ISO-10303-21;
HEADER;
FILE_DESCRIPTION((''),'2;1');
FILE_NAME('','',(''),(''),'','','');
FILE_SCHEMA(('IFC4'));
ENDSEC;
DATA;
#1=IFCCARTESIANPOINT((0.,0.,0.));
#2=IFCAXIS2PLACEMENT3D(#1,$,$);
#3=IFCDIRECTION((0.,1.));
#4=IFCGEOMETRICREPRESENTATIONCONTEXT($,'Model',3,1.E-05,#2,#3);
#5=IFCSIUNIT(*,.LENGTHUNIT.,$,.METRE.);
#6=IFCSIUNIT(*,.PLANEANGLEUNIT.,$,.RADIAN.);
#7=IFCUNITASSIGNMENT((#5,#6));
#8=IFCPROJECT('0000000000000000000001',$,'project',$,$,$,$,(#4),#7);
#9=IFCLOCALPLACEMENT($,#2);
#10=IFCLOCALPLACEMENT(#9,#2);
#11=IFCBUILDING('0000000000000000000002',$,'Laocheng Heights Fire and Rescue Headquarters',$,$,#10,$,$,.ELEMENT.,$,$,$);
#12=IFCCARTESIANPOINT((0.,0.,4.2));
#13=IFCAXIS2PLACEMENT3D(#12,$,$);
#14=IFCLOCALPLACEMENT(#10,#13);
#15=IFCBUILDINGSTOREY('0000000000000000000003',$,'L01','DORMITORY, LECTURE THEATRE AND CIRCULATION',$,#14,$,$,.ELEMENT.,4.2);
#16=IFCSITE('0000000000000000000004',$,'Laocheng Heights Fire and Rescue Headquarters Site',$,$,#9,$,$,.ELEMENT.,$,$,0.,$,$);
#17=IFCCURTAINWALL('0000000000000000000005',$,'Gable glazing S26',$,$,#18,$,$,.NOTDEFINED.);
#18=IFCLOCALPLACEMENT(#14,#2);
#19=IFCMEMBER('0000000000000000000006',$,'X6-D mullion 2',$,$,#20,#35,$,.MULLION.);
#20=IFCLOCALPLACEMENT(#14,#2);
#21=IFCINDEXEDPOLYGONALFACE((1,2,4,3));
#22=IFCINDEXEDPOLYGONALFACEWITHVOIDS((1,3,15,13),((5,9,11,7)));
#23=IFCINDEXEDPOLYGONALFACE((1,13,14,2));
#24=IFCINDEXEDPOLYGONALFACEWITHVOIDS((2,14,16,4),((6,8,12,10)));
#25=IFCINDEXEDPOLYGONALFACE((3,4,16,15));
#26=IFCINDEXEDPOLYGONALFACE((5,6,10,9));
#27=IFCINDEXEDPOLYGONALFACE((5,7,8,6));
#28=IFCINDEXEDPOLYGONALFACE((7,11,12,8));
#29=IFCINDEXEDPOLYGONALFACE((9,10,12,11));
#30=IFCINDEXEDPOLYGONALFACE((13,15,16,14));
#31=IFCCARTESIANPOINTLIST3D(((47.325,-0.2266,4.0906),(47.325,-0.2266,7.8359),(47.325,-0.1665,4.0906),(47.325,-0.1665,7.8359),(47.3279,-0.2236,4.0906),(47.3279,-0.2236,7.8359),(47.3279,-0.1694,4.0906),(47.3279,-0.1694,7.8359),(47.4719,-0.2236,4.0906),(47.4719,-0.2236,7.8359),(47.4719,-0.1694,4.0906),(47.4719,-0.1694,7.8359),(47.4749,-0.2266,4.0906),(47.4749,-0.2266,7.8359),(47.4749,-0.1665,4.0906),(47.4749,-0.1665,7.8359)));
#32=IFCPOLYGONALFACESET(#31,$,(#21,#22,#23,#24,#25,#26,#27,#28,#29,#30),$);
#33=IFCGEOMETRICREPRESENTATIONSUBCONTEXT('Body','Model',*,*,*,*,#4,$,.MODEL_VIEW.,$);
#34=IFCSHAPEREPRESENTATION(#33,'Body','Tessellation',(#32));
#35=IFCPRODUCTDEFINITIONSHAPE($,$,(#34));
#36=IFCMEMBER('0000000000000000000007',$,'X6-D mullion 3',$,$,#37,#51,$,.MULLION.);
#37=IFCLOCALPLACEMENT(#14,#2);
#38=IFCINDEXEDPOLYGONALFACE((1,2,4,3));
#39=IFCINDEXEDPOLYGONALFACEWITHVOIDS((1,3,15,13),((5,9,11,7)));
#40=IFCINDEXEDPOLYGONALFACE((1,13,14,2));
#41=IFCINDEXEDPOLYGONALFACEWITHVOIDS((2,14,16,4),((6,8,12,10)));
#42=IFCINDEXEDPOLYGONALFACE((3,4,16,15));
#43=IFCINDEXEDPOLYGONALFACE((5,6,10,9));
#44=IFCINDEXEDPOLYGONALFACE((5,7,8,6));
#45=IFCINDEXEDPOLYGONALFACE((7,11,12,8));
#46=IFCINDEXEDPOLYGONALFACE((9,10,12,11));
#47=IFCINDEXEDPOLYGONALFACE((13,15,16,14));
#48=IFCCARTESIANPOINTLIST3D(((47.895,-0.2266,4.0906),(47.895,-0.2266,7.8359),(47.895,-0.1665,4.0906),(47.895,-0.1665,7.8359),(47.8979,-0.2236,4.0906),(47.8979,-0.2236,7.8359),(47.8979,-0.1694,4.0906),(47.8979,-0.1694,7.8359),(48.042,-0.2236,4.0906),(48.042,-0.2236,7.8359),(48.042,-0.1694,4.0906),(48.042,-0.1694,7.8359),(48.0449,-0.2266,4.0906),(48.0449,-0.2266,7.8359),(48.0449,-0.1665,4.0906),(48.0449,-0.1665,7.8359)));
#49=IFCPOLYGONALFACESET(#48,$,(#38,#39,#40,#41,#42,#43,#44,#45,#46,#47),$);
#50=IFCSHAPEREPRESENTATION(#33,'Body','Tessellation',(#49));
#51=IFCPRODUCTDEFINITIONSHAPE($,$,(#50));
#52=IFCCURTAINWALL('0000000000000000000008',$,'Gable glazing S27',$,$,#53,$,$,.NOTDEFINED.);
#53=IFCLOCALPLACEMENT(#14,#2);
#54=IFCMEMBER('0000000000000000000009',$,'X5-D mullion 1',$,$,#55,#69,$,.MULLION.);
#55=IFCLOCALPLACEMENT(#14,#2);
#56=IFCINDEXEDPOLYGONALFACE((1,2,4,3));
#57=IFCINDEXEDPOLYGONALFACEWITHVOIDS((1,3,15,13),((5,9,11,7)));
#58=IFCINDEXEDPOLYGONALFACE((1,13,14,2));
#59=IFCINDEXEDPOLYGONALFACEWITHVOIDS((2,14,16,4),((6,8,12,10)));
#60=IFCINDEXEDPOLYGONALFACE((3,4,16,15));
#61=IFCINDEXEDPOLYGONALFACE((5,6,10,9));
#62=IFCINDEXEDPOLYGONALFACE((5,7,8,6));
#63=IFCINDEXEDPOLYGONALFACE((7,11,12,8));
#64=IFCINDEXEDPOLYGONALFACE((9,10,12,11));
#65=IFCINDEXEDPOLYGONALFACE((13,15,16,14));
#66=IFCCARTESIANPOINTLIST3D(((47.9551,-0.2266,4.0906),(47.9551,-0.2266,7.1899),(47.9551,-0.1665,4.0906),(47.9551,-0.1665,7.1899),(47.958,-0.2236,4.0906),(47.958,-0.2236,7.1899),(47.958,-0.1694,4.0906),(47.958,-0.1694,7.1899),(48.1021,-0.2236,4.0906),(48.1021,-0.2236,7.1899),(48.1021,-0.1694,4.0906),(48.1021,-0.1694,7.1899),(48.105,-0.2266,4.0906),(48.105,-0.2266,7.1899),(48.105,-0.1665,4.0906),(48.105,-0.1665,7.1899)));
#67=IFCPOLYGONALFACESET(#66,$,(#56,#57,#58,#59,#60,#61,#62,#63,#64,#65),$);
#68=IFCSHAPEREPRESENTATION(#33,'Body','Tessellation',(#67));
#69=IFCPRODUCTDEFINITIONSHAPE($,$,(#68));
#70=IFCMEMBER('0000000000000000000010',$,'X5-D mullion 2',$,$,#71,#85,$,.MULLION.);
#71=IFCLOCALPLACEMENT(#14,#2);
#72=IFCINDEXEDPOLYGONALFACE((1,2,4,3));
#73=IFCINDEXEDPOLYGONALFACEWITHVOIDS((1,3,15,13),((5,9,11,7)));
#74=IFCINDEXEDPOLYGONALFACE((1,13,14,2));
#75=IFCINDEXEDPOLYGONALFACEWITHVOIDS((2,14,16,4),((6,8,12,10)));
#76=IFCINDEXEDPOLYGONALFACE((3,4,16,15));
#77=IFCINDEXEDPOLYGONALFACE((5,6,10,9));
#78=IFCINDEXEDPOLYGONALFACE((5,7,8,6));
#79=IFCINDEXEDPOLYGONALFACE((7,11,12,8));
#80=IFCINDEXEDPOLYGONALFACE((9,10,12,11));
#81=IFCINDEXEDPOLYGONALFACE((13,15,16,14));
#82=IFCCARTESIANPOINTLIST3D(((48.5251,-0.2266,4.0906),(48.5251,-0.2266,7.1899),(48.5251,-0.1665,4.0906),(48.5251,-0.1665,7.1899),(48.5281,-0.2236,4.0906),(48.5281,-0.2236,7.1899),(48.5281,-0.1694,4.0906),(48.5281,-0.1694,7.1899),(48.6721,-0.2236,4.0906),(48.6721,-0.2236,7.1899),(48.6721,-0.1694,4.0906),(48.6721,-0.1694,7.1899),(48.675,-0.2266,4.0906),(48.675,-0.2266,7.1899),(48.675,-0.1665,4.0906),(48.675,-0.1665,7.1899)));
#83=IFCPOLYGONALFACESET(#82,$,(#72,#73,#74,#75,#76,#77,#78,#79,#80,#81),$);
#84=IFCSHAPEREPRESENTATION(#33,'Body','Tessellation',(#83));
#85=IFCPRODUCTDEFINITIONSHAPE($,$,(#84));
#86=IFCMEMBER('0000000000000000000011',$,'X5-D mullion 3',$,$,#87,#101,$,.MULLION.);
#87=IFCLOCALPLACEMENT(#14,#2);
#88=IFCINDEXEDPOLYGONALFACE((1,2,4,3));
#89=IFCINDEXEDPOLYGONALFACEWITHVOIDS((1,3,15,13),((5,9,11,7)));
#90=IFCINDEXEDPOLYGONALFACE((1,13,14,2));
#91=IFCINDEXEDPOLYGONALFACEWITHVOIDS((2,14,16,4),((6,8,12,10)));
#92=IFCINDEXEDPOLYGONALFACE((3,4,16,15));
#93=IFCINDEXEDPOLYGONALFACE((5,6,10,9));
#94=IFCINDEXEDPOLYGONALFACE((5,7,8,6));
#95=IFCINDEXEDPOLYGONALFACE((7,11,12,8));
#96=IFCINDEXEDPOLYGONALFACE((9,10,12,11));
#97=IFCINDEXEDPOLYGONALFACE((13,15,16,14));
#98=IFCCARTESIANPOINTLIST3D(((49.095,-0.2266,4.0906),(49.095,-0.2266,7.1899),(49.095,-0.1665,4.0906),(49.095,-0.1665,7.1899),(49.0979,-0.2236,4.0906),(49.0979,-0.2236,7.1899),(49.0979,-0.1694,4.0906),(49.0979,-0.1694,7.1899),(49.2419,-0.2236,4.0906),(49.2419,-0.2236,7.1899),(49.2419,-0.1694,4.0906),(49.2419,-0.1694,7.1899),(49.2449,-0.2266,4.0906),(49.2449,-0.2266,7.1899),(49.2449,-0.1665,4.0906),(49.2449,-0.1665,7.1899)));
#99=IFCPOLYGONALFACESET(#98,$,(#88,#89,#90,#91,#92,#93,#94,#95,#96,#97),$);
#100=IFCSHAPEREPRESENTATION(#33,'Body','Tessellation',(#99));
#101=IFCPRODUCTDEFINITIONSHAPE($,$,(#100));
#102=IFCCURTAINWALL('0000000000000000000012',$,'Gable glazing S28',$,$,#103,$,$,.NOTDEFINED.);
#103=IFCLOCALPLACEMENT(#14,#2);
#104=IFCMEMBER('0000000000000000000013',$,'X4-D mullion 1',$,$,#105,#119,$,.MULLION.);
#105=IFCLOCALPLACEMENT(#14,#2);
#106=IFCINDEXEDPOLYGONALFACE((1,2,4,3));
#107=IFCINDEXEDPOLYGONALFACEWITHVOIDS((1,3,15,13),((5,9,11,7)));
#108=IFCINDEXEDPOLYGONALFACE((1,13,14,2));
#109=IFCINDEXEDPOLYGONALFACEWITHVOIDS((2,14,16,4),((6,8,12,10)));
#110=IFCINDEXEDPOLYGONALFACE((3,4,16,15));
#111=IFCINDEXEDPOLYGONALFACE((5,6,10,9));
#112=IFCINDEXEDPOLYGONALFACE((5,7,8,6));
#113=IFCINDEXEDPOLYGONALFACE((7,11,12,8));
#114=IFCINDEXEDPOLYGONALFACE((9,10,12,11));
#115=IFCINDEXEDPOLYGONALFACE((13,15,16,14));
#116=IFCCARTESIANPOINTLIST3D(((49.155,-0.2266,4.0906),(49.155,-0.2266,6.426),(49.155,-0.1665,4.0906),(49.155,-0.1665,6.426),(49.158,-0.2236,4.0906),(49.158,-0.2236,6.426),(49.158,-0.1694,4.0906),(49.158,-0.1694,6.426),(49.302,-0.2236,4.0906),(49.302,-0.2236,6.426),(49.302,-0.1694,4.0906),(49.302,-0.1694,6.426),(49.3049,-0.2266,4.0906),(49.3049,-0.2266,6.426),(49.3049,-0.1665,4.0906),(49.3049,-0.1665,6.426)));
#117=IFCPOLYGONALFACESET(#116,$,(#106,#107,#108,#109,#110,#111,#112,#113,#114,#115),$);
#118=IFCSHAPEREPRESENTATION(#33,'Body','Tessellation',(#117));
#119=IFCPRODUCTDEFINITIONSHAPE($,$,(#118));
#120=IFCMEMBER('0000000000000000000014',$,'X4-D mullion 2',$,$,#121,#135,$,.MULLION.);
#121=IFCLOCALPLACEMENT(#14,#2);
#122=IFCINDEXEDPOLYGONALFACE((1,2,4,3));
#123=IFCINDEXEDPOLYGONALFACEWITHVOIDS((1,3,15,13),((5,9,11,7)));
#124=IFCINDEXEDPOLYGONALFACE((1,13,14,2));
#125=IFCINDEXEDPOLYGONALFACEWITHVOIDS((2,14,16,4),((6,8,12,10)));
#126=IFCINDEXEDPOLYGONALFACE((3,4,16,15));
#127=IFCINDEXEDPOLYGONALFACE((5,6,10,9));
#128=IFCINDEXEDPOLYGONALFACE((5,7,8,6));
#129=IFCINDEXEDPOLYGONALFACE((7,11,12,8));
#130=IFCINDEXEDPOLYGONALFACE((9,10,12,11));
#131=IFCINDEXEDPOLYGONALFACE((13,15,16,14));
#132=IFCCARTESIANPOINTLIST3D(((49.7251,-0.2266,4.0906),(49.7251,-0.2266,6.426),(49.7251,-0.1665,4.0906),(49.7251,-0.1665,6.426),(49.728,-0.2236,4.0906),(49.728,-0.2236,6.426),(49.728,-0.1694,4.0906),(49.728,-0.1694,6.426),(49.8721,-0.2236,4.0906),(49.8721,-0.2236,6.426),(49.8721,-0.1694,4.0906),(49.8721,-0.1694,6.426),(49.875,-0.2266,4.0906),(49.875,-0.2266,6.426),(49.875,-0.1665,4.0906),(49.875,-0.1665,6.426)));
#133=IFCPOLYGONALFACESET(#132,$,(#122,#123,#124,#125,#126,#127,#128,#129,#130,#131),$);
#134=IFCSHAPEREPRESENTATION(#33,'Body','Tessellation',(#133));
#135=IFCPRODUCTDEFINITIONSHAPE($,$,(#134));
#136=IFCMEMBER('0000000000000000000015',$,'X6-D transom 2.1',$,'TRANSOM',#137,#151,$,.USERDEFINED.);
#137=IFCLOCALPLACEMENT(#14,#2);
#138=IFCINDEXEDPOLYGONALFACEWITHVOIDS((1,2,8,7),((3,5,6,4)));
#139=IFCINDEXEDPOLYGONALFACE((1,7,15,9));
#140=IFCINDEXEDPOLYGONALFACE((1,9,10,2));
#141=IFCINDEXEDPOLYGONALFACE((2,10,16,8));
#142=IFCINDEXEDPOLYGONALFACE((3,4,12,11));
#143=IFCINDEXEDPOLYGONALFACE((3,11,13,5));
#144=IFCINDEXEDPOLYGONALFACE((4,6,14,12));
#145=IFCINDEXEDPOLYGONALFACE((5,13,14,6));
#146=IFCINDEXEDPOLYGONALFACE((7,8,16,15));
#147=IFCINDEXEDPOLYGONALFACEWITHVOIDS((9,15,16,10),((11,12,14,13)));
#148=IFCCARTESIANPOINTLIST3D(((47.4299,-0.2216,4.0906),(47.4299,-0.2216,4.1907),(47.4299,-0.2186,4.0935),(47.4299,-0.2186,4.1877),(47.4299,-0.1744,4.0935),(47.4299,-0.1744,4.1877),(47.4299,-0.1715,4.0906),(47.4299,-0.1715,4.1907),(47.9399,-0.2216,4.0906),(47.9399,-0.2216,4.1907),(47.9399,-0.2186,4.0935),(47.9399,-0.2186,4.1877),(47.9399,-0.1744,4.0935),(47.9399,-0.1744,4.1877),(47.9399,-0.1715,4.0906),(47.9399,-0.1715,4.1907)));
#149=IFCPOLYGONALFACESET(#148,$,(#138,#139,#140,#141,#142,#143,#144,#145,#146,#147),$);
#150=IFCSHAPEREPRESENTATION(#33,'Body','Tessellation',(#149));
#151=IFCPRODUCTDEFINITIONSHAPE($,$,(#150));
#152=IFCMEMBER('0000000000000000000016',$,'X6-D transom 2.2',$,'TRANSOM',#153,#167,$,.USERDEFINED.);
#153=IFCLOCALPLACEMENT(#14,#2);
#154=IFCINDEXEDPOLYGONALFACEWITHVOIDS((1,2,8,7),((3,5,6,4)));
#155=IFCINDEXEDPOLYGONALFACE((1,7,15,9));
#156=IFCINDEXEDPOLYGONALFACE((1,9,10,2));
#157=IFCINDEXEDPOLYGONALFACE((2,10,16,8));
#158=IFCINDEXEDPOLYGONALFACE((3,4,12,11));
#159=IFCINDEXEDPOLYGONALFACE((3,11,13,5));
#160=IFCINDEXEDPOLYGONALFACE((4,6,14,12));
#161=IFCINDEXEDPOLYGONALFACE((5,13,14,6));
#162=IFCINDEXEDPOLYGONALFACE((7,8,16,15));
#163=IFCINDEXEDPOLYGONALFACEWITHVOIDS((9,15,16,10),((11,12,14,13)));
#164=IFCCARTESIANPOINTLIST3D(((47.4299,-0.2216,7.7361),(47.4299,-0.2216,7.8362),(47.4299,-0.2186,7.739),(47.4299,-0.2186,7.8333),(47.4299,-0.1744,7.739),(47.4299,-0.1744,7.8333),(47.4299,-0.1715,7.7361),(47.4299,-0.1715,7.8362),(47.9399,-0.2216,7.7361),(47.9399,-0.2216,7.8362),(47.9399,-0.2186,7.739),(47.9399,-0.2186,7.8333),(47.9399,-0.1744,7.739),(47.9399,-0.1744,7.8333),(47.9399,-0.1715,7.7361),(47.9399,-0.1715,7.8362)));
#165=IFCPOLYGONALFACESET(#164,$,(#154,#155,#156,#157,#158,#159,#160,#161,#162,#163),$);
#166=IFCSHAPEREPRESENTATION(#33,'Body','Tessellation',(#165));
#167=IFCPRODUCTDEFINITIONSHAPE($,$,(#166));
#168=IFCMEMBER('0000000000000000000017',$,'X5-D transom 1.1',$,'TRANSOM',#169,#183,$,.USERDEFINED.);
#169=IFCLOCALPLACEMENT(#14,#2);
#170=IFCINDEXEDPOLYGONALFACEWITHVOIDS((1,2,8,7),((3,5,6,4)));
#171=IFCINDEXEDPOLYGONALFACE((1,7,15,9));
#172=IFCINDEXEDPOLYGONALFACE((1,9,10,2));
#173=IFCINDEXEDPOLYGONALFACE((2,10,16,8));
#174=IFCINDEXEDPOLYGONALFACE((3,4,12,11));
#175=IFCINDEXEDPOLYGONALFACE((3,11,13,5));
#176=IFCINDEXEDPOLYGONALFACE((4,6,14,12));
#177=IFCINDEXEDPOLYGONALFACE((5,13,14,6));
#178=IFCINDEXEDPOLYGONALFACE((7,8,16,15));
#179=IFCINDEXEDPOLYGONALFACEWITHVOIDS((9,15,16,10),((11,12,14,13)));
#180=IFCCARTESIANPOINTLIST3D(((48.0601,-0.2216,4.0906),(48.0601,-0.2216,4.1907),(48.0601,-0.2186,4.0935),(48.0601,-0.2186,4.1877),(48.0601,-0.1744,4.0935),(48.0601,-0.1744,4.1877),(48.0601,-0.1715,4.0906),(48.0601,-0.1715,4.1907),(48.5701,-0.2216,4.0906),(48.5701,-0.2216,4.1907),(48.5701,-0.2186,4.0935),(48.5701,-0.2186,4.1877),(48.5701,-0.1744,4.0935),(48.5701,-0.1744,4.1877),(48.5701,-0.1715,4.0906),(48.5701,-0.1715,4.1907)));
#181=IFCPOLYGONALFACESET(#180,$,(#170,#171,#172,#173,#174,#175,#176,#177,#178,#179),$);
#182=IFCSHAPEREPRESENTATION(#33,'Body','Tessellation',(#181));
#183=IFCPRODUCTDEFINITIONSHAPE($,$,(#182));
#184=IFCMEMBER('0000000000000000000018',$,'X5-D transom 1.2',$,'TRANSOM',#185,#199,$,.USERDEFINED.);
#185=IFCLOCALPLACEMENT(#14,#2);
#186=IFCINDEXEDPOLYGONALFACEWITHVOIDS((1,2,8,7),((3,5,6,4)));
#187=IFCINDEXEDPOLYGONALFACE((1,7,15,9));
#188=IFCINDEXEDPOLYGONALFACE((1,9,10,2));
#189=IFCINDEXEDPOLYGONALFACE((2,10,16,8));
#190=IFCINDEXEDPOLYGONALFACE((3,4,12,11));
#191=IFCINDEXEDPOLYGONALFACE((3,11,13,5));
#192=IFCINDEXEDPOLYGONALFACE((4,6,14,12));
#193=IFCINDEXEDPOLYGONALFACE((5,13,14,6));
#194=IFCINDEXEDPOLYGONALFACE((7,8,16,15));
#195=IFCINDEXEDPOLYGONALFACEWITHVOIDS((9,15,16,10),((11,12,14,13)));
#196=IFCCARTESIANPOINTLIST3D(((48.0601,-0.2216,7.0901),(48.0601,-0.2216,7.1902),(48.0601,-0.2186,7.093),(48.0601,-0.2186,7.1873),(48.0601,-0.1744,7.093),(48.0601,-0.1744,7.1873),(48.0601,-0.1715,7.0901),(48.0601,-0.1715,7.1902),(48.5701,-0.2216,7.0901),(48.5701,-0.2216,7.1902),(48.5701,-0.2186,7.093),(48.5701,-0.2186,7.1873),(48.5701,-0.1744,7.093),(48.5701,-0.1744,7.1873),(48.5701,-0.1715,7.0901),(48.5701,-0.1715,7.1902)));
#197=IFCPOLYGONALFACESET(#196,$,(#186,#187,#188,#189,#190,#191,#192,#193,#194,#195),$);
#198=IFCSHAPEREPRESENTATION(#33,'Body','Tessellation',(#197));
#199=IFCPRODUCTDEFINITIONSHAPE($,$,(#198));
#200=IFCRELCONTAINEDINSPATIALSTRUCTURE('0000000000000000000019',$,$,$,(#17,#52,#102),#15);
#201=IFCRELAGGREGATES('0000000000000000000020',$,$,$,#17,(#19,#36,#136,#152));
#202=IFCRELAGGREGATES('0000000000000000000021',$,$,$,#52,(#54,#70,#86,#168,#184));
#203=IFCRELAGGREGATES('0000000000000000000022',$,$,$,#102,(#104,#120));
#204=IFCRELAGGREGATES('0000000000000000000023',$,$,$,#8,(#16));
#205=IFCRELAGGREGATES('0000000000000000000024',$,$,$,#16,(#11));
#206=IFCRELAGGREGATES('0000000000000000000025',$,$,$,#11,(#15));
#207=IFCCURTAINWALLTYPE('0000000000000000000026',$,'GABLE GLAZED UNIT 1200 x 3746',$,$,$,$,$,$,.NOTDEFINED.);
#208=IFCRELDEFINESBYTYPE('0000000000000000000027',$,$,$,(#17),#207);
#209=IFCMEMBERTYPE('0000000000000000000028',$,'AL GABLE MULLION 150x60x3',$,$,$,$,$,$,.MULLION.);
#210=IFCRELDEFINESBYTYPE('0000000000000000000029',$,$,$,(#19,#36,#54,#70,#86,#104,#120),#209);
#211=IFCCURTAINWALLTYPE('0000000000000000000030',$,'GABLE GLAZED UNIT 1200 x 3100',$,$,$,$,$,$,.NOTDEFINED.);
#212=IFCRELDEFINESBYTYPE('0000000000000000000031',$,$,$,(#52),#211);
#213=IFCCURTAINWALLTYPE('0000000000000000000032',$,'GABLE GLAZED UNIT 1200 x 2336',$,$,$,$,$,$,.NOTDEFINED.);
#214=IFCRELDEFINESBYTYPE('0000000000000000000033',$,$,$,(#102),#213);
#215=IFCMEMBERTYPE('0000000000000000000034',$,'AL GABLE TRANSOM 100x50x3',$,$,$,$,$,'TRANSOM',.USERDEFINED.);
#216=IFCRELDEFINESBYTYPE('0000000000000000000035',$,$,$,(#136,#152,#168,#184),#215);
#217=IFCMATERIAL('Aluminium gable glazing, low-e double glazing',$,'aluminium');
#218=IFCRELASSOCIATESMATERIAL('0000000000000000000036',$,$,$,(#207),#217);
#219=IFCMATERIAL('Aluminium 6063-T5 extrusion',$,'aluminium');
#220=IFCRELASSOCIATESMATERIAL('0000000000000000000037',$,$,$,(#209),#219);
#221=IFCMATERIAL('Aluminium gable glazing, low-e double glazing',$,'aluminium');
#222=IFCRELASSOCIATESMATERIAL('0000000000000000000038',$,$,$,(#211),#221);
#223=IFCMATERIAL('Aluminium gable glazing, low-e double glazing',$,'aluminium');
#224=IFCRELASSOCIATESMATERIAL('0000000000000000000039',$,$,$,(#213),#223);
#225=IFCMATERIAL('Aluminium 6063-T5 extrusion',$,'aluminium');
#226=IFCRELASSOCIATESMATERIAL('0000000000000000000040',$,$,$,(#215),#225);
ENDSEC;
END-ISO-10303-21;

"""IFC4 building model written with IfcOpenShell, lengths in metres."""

from ifc_helpers import new_model, si_unit, direction, frame, origin, origin_2d, place, context, subcontext, project, spatial, hollow_rectangle, extrude, material, material_profile, profile_set, type_object, element, aggregate, save


model = new_model("IFC4")

# Units and contexts
model_context = context("Model", 3, precision=1e-05, world=origin(), true_north=direction((0.0, 1.0)))
body_context = subcontext(model_context, "Body", "Model", "MODEL_VIEW")
ifc_project = project(units=[si_unit("LENGTHUNIT", "METRE"), si_unit("PLANEANGLEUNIT", "RADIAN")], contexts=[model_context])

# Site, building, storey
site_placement = place(None, origin())
site = spatial("IfcSite", under=ifc_project, at=site_placement, Name="Laocheng Heights Fire and Rescue Headquarters Site", CompositionType="ELEMENT", RefElevation=0.0)
building_placement = place(site_placement, origin())
building = spatial("IfcBuilding", under=site, at=building_placement, Name="Laocheng Heights Fire and Rescue Headquarters", CompositionType="ELEMENT")
storey_placement = place(building_placement, frame((0.0, 0.0, 4.2)))
storey = spatial("IfcBuildingStorey", under=building, at=storey_placement, Name="L01", Description="DORMITORY, LECTURE THEATRE AND CIRCULATION", CompositionType="ELEMENT", Elevation=4.2)

# Curtain walls, members
ifc_material_1 = material(Name="Aluminium gable glazing, low-e double glazing", Category="aluminium")
curtain_wall_type_1 = type_object("IfcCurtainWallType", Name="GABLE GLAZED UNIT 1200 x 3746", PredefinedType="NOTDEFINED", material=ifc_material_1)
curtain_wall_1_placement = place(storey_placement, origin())
curtain_wall_1 = element("IfcCurtainWall", 1, at=curtain_wall_1_placement, inside=storey, type_object=curtain_wall_type_1, Name="Gable glazing S26", PredefinedType="NOTDEFINED")
ifc_material_2 = material(Name="Aluminium 6063-T5 extrusion", Category="aluminium")
ifc_material_profile_1 = material_profile(ifc_material_2, hollow_rectangle(XDim=0.0601, YDim=0.1499, WallThickness=0.0029, at=origin_2d()), Name="AL MULLION 150x60x3")
ifc_profile_set_1 = profile_set([ifc_material_profile_1], Name="Aluminium 6063-T5 extrusion")
member_type_1 = type_object("IfcMemberType", Name="AL GABLE MULLION 150x60x3", PredefinedType="MULLION", material=ifc_profile_set_1)
member_1_placement = place(storey_placement, frame((47.3999, -0.1965, 4.0906), z_axis=(0.0, 0.0, 1.0), x_axis=(0.0, 1.0, 0.0)))
member_1 = element("IfcMember", 2, at=member_1_placement, type_object=member_type_1, Name="X6-D mullion 2", PredefinedType="MULLION", context=body_context, shape_type="SweptSolid", body=[
    extrude(hollow_rectangle(XDim=0.0601, YDim=0.1499, WallThickness=0.0029, at=origin_2d()), origin(), (0.0, 0.0, 1.0), 3.7454),
])
member_2_placement = place(storey_placement, frame((47.97, -0.1965, 4.0906), z_axis=(0.0, 0.0, 1.0), x_axis=(0.0, 1.0, 0.0)))
member_2 = element("IfcMember", 3, at=member_2_placement, type_object=member_type_1, Name="X6-D mullion 3", PredefinedType="MULLION", context=body_context, shape_type="SweptSolid", body=[
    extrude(hollow_rectangle(XDim=0.0601, YDim=0.1499, WallThickness=0.0029, at=origin_2d()), origin(), (0.0, 0.0, 1.0), 3.7454),
])
ifc_material_3 = material(Name="Aluminium gable glazing, low-e double glazing", Category="aluminium")
curtain_wall_type_2 = type_object("IfcCurtainWallType", Name="GABLE GLAZED UNIT 1200 x 3100", PredefinedType="NOTDEFINED", material=ifc_material_3)
curtain_wall_2_placement = place(storey_placement, origin())
curtain_wall_2 = element("IfcCurtainWall", 4, at=curtain_wall_2_placement, inside=storey, type_object=curtain_wall_type_2, Name="Gable glazing S27", PredefinedType="NOTDEFINED")
member_3_placement = place(storey_placement, frame((48.03, -0.1965, 4.0906), z_axis=(0.0, 0.0, 1.0), x_axis=(0.0, 1.0, 0.0)))
member_3 = element("IfcMember", 5, at=member_3_placement, type_object=member_type_1, Name="X5-D mullion 1", PredefinedType="MULLION", context=body_context, shape_type="SweptSolid", body=[
    extrude(hollow_rectangle(XDim=0.0601, YDim=0.1499, WallThickness=0.0029, at=origin_2d()), origin(), (0.0, 0.0, 1.0), 3.0994),
])
member_4_placement = place(storey_placement, frame((48.6001, -0.1965, 4.0906), z_axis=(0.0, 0.0, 1.0), x_axis=(0.0, 1.0, 0.0)))
member_4 = element("IfcMember", 6, at=member_4_placement, type_object=member_type_1, Name="X5-D mullion 2", PredefinedType="MULLION", context=body_context, shape_type="SweptSolid", body=[
    extrude(hollow_rectangle(XDim=0.0601, YDim=0.1499, WallThickness=0.0029, at=origin_2d()), origin(), (0.0, 0.0, 1.0), 3.0994),
])
member_5_placement = place(storey_placement, frame((49.1699, -0.1965, 4.0906), z_axis=(0.0, 0.0, 1.0), x_axis=(0.0, 1.0, 0.0)))
member_5 = element("IfcMember", 7, at=member_5_placement, type_object=member_type_1, Name="X5-D mullion 3", PredefinedType="MULLION", context=body_context, shape_type="SweptSolid", body=[
    extrude(hollow_rectangle(XDim=0.0601, YDim=0.1499, WallThickness=0.0029, at=origin_2d()), origin(), (0.0, 0.0, 1.0), 3.0994),
])
ifc_material_4 = material(Name="Aluminium gable glazing, low-e double glazing", Category="aluminium")
curtain_wall_type_3 = type_object("IfcCurtainWallType", Name="GABLE GLAZED UNIT 1200 x 2336", PredefinedType="NOTDEFINED", material=ifc_material_4)
curtain_wall_3_placement = place(storey_placement, origin())
curtain_wall_3 = element("IfcCurtainWall", 8, at=curtain_wall_3_placement, inside=storey, type_object=curtain_wall_type_3, Name="Gable glazing S28", PredefinedType="NOTDEFINED")
member_6_placement = place(storey_placement, frame((49.23, -0.1965, 4.0906), z_axis=(0.0, 0.0, 1.0), x_axis=(0.0, 1.0, 0.0)))
member_6 = element("IfcMember", 9, at=member_6_placement, type_object=member_type_1, Name="X4-D mullion 1", PredefinedType="MULLION", context=body_context, shape_type="SweptSolid", body=[
    extrude(hollow_rectangle(XDim=0.0601, YDim=0.1499, WallThickness=0.0029, at=origin_2d()), origin(), (0.0, 0.0, 1.0), 2.3354),
])
member_7_placement = place(storey_placement, frame((49.8, -0.1965, 4.0906), z_axis=(0.0, 0.0, 1.0), x_axis=(0.0, 1.0, 0.0)))
member_7 = element("IfcMember", 10, at=member_7_placement, type_object=member_type_1, Name="X4-D mullion 2", PredefinedType="MULLION", context=body_context, shape_type="SweptSolid", body=[
    extrude(hollow_rectangle(XDim=0.0601, YDim=0.1499, WallThickness=0.0029, at=origin_2d()), origin(), (0.0, 0.0, 1.0), 2.3354),
])

# Members
ifc_material_5 = material(Name="Aluminium 6063-T5 extrusion", Category="aluminium")
ifc_material_profile_2 = material_profile(ifc_material_5, hollow_rectangle(XDim=0.05, YDim=0.1001, WallThickness=0.0029, at=origin_2d()), Name="AL TRANSOM 100x50x3")
ifc_profile_set_2 = profile_set([ifc_material_profile_2], Name="Aluminium 6063-T5 extrusion")
member_type_2 = type_object("IfcMemberType", Name="AL GABLE TRANSOM 100x50x3", ElementType="TRANSOM", PredefinedType="USERDEFINED", material=ifc_profile_set_2)
member_8_placement = place(storey_placement, frame((47.4299, -0.1965, 4.1406), z_axis=(1.0, 0.0, 0.0), x_axis=(0.0, 1.0, 0.0)))
member_8 = element("IfcMember", 11, at=member_8_placement, type_object=member_type_2, Name="X6-D transom 2.1", ObjectType="TRANSOM", PredefinedType="USERDEFINED", context=body_context, shape_type="SweptSolid", body=[
    extrude(hollow_rectangle(XDim=0.05, YDim=0.1001, WallThickness=0.0029, at=origin_2d()), origin(), (0.0, 0.0, 1.0), 0.51),
])
member_9_placement = place(storey_placement, frame((47.4299, -0.1965, 7.7861), z_axis=(1.0, 0.0, 0.0), x_axis=(0.0, 1.0, 0.0)))
member_9 = element("IfcMember", 12, at=member_9_placement, type_object=member_type_2, Name="X6-D transom 2.2", ObjectType="TRANSOM", PredefinedType="USERDEFINED", context=body_context, shape_type="SweptSolid", body=[
    extrude(hollow_rectangle(XDim=0.05, YDim=0.1001, WallThickness=0.0029, at=origin_2d()), origin(), (0.0, 0.0, 1.0), 0.51),
])
member_10_placement = place(storey_placement, frame((48.0601, -0.1965, 4.1406), z_axis=(1.0, 0.0, 0.0), x_axis=(0.0, 1.0, 0.0)))
member_10 = element("IfcMember", 13, at=member_10_placement, type_object=member_type_2, Name="X5-D transom 1.1", ObjectType="TRANSOM", PredefinedType="USERDEFINED", context=body_context, shape_type="SweptSolid", body=[
    extrude(hollow_rectangle(XDim=0.05, YDim=0.1001, WallThickness=0.0029, at=origin_2d()), origin(), (0.0, 0.0, 1.0), 0.51),
])
member_11_placement = place(storey_placement, frame((48.0601, -0.1965, 7.1401), z_axis=(1.0, 0.0, 0.0), x_axis=(0.0, 1.0, 0.0)))
member_11 = element("IfcMember", 14, at=member_11_placement, type_object=member_type_2, Name="X5-D transom 1.2", ObjectType="TRANSOM", PredefinedType="USERDEFINED", context=body_context, shape_type="SweptSolid", body=[
    extrude(hollow_rectangle(XDim=0.05, YDim=0.1001, WallThickness=0.0029, at=origin_2d()), origin(), (0.0, 0.0, 1.0), 0.51),
])

aggregate(curtain_wall_1, [member_1, member_2, member_8, member_9])
aggregate(curtain_wall_2, [member_3, member_4, member_5, member_10, member_11])
aggregate(curtain_wall_3, [member_6, member_7])

save(model, "model.ifc")
